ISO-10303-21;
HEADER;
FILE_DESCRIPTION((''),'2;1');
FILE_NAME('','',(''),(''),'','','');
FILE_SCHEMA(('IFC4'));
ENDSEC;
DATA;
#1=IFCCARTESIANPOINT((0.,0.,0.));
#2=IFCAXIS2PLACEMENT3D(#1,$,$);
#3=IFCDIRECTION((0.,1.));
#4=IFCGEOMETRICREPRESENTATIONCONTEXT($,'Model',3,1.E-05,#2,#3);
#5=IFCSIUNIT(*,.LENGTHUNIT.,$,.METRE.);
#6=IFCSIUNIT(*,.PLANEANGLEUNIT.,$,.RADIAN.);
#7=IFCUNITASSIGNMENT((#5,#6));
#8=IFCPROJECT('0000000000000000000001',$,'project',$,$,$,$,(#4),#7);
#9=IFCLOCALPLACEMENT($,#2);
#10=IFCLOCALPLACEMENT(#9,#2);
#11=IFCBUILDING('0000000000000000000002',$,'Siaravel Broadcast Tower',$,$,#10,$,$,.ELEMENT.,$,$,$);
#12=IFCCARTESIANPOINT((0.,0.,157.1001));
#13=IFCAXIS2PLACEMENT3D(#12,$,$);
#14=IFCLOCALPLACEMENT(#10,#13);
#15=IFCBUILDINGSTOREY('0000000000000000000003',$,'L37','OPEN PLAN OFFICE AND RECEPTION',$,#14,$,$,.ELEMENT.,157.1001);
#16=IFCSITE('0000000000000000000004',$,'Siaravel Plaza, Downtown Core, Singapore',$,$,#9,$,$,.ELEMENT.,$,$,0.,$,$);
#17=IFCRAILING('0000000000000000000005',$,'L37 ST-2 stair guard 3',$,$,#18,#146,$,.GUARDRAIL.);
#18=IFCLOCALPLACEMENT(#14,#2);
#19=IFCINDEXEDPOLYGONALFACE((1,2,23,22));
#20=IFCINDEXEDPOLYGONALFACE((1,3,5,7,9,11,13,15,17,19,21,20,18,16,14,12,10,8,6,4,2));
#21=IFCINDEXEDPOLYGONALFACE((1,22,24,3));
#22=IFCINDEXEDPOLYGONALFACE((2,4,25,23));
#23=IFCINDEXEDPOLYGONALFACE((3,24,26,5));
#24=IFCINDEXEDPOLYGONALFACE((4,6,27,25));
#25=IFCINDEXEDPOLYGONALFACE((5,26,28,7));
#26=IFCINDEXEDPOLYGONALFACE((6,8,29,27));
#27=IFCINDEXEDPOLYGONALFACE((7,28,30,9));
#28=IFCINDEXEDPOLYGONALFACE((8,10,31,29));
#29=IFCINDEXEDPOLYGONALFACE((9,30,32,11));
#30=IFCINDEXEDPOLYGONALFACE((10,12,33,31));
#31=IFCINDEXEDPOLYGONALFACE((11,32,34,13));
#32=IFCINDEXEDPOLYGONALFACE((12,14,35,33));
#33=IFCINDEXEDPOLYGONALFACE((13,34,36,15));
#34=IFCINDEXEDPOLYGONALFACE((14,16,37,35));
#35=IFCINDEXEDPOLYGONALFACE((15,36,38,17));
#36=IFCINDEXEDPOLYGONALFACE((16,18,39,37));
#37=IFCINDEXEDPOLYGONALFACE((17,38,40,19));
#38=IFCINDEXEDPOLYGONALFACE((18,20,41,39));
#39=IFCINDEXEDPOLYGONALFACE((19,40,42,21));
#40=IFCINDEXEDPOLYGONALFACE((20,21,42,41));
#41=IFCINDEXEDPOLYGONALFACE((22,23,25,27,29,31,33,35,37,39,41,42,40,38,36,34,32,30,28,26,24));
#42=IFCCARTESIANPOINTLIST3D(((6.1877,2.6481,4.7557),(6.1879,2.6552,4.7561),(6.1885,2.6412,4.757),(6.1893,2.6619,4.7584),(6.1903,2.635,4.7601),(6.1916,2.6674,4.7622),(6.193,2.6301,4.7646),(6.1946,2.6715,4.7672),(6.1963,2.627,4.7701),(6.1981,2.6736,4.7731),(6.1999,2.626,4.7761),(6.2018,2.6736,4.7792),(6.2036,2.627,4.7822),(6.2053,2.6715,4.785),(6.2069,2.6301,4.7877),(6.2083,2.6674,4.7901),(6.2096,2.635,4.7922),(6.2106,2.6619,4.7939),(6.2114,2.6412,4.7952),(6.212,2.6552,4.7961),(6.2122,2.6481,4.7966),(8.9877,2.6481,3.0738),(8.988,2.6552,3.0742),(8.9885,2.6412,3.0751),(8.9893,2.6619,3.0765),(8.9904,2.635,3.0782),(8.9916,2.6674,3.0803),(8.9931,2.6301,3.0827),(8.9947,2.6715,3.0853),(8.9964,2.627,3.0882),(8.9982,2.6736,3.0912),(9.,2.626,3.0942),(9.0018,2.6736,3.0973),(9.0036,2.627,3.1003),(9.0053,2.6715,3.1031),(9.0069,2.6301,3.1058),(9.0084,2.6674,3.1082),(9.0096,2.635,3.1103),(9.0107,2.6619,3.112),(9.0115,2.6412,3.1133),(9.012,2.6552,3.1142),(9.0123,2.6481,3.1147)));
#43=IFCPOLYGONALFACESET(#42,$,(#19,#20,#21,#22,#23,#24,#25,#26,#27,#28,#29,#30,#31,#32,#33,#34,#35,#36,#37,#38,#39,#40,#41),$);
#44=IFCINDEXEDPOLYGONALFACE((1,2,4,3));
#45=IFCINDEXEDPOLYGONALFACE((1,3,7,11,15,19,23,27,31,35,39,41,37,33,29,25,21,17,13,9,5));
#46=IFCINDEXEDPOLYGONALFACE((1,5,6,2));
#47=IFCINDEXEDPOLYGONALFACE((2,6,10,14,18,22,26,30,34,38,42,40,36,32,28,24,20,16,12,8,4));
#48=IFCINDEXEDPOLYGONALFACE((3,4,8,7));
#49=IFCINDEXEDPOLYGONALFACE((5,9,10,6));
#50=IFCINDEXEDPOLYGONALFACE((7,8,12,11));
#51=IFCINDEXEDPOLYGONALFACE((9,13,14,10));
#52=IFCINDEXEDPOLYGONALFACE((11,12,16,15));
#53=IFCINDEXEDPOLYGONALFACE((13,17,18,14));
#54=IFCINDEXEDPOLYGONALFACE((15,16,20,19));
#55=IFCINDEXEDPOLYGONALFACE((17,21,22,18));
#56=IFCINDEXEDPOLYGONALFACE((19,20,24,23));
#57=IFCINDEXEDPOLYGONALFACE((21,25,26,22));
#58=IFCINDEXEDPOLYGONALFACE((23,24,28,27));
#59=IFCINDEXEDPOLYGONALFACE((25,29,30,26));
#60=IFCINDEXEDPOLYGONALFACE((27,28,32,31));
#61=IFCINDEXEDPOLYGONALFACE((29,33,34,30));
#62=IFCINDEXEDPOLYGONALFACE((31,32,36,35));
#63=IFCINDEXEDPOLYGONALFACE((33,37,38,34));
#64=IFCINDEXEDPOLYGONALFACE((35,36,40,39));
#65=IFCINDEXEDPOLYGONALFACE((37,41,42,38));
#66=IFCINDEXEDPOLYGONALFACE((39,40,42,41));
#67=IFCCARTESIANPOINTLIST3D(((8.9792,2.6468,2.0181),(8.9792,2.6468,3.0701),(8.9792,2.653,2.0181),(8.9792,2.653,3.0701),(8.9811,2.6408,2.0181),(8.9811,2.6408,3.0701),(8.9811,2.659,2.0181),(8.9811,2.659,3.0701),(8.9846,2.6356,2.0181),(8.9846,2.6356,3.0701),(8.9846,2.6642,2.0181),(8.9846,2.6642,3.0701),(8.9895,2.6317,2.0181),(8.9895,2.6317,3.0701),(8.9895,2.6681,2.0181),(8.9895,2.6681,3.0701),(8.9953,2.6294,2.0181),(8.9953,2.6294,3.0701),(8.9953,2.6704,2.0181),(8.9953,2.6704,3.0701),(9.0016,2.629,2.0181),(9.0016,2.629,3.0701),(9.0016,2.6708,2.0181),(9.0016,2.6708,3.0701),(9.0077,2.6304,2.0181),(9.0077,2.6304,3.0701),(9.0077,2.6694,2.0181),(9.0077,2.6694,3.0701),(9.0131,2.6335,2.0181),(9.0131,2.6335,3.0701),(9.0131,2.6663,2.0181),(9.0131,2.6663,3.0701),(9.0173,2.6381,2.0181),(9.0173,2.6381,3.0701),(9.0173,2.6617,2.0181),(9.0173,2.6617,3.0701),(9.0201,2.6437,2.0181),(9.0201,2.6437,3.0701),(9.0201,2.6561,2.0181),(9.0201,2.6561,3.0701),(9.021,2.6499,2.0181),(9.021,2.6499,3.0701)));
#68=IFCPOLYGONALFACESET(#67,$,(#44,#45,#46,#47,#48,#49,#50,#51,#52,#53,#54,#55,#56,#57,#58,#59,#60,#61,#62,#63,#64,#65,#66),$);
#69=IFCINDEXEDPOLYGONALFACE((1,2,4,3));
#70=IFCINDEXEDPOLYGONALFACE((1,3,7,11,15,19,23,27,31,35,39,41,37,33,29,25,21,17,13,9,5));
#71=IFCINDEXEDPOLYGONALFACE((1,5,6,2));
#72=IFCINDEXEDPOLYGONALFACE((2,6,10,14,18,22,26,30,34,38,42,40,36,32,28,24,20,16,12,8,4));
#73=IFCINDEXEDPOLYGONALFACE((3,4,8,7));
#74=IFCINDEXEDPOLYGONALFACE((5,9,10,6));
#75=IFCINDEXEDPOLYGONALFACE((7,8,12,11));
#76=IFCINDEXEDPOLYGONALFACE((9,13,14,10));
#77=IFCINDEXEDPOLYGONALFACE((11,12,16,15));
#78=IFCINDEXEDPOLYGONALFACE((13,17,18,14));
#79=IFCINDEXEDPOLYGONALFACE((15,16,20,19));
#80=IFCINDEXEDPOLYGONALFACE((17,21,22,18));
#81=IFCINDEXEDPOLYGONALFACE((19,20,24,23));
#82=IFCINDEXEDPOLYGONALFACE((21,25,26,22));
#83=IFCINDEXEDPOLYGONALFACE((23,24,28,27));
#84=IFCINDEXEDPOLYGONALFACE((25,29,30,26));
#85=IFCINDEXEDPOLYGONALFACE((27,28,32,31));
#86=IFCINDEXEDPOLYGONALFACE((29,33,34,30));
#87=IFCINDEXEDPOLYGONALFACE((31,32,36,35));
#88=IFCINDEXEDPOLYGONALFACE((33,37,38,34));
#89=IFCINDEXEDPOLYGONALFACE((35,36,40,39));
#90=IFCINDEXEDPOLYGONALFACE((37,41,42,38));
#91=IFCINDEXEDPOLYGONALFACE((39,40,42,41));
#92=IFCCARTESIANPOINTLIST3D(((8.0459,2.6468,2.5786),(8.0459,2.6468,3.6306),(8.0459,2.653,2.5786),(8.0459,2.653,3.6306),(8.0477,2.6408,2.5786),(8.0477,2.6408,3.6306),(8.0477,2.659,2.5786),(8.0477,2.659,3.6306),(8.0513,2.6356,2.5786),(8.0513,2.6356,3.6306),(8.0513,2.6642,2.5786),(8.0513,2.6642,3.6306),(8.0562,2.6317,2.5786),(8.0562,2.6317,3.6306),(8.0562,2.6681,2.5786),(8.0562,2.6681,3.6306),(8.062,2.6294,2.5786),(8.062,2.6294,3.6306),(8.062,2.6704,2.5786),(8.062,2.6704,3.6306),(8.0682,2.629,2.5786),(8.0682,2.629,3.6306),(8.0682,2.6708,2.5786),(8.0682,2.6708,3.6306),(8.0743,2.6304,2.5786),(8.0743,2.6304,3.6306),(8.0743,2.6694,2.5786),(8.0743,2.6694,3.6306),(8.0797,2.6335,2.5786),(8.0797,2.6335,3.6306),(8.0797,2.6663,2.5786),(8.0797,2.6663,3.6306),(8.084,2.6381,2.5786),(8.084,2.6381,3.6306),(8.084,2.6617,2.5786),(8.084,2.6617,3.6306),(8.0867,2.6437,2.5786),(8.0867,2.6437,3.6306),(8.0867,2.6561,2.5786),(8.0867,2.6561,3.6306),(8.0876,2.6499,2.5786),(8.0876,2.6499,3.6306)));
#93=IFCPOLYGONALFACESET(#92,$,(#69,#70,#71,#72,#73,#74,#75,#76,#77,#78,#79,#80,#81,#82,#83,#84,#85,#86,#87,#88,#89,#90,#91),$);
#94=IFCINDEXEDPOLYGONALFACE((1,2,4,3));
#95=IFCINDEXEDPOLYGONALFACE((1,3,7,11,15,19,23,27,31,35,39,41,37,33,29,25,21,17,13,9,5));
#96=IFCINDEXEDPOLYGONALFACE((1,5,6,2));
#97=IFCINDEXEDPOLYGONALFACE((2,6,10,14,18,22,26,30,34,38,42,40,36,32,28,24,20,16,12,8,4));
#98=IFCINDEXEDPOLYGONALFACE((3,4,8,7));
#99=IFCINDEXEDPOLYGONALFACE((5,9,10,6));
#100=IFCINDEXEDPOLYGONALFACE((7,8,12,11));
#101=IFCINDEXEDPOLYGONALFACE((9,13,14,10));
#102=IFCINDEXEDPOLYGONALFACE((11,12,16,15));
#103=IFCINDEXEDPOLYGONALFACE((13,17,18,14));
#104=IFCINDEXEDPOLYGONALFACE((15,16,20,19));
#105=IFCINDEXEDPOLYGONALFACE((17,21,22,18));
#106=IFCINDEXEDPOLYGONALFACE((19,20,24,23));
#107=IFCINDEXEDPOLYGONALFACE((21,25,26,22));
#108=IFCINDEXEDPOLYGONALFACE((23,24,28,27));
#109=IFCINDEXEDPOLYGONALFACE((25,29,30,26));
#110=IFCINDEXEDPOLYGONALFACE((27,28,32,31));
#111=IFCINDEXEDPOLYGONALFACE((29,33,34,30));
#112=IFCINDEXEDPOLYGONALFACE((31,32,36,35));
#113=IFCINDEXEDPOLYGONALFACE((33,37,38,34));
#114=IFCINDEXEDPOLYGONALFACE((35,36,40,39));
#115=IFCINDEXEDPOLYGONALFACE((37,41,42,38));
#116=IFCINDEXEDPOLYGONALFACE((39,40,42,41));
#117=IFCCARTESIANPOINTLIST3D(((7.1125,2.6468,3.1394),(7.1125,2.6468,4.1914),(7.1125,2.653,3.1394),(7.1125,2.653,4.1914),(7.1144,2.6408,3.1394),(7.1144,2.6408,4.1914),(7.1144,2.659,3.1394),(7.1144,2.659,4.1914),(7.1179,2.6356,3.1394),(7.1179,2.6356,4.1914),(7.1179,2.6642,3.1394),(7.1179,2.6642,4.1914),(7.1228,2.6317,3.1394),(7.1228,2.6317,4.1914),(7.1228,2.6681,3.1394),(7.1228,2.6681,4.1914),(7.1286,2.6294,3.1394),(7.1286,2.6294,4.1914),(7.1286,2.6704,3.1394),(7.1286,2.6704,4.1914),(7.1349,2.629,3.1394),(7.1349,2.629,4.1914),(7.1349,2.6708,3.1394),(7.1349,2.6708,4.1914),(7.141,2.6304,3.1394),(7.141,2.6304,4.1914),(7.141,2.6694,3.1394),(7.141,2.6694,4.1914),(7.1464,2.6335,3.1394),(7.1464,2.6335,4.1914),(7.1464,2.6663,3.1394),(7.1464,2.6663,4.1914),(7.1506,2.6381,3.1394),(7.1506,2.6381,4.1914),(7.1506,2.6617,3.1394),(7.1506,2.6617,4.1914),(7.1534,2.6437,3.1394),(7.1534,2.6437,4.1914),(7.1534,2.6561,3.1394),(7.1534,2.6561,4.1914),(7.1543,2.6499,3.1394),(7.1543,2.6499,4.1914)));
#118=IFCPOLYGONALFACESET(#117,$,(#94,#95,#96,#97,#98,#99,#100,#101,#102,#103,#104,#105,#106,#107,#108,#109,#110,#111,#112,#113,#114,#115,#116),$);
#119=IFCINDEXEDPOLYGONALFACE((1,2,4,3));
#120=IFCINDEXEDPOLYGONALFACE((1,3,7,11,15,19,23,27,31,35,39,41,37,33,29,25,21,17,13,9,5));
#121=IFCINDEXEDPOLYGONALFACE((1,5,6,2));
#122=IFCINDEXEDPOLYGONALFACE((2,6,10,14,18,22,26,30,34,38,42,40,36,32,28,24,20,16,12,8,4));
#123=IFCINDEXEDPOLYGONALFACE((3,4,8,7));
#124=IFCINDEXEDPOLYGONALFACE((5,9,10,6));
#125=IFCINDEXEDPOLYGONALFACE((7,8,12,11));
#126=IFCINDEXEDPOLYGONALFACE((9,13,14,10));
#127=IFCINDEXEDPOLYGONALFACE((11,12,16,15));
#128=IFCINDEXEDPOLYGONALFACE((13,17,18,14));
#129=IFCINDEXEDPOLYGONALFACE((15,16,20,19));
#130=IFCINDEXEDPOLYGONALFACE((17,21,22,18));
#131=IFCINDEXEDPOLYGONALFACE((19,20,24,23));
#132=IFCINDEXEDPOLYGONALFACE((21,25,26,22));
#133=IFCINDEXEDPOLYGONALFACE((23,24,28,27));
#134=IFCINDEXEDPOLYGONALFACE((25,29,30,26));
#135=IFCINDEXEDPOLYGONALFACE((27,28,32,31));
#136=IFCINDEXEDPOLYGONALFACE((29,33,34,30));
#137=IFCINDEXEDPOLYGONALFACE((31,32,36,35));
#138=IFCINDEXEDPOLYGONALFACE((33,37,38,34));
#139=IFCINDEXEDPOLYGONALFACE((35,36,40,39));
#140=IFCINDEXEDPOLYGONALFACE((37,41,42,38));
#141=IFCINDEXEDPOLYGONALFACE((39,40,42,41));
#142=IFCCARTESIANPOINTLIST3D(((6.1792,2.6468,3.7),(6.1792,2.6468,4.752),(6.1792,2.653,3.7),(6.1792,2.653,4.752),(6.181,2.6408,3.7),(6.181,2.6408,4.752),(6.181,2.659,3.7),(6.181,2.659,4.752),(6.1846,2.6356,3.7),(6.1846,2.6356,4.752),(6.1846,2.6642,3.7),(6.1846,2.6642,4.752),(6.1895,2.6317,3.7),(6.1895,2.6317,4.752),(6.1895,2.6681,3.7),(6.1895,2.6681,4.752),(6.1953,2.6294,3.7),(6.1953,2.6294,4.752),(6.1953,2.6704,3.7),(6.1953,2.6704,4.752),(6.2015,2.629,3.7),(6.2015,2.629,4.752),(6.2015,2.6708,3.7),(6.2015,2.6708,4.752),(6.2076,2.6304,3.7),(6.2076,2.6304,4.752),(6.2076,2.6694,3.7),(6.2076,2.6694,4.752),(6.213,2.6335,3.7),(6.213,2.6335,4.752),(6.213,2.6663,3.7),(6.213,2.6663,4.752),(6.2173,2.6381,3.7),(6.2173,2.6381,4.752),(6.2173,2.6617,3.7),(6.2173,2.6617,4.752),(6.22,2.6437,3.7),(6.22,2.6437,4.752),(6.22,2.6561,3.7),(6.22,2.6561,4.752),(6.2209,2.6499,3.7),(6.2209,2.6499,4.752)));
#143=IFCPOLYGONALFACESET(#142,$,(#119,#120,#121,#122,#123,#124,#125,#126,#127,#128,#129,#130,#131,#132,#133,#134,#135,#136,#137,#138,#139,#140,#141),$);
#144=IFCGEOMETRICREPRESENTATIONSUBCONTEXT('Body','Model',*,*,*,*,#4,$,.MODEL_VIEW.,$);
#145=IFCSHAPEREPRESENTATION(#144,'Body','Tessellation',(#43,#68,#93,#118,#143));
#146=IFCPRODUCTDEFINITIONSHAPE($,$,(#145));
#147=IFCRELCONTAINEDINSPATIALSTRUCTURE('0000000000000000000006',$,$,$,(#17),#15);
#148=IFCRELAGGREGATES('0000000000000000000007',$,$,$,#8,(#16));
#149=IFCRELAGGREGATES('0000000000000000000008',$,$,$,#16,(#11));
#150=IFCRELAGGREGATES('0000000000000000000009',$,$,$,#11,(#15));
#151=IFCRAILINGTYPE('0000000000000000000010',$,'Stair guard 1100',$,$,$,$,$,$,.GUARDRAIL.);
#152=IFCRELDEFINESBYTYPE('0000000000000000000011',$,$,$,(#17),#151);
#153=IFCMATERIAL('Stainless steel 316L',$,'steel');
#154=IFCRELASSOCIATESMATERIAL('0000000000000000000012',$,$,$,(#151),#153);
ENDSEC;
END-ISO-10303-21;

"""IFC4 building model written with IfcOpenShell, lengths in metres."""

from ifc_helpers import new_model, si_unit, direction, frame, origin, origin_2d, place, context, subcontext, project, spatial, circle, extrude, material, type_object, element, save


model = new_model("IFC4")

# Units and contexts
model_context = context("Model", 3, precision=1e-05, world=origin(), true_north=direction((0.0, 1.0)))
body_context = subcontext(model_context, "Body", "Model", "MODEL_VIEW")
ifc_project = project(units=[si_unit("LENGTHUNIT", "METRE"), si_unit("PLANEANGLEUNIT", "RADIAN")], contexts=[model_context])

# Site, building, storey
site_placement = place(None, origin())
site = spatial("IfcSite", under=ifc_project, at=site_placement, Name="Siaravel Plaza, Downtown Core, Singapore", CompositionType="ELEMENT", RefElevation=0.0)
building_placement = place(site_placement, origin())
building = spatial("IfcBuilding", under=site, at=building_placement, Name="Siaravel Broadcast Tower", CompositionType="ELEMENT")
storey_placement = place(building_placement, frame((0.0, 0.0, 157.1001)))
storey = spatial("IfcBuildingStorey", under=building, at=storey_placement, Name="L37", Description="OPEN PLAN OFFICE AND RECEPTION", CompositionType="ELEMENT", Elevation=157.1001)

# Railing
ifc_material_1 = material(Name="Stainless steel 316L", Category="steel")
railing_type_1 = type_object("IfcRailingType", Name="Stair guard 1100", PredefinedType="GUARDRAIL", material=ifc_material_1)
railing_1_placement = place(storey_placement, frame((9.0, 2.6499, 2.0181)))
element("IfcRailing", 1, at=railing_1_placement, inside=storey, type_object=railing_type_1, Name="L37 ST-2 stair guard 3", PredefinedType="GUARDRAIL", context=body_context, shape_type="SweptSolid", body=[
    extrude(circle(Radius=0.0239, at=origin_2d()), frame((0.0, 0.0, 1.0762), z_axis=(-0.857242, 0.0, 0.514913), x_axis=(0.0, -1.0, 0.0)), (0.0, 0.0, 1.0), 3.2664),
    extrude(circle(Radius=0.021, at=origin_2d()), origin(), (0.0, 0.0, 1.0), 1.052),
    extrude(circle(Radius=0.021, at=origin_2d()), frame((-0.9333, 0.0, 0.5605)), (0.0, 0.0, 1.0), 1.052),
    extrude(circle(Radius=0.021, at=origin_2d()), frame((-1.8667, 0.0, 1.1213)), (0.0, 0.0, 1.0), 1.052),
    extrude(circle(Radius=0.021, at=origin_2d()), frame((-2.8, 0.0, 1.6819)), (0.0, 0.0, 1.0), 1.052),
])

save(model, "model.ifc")
